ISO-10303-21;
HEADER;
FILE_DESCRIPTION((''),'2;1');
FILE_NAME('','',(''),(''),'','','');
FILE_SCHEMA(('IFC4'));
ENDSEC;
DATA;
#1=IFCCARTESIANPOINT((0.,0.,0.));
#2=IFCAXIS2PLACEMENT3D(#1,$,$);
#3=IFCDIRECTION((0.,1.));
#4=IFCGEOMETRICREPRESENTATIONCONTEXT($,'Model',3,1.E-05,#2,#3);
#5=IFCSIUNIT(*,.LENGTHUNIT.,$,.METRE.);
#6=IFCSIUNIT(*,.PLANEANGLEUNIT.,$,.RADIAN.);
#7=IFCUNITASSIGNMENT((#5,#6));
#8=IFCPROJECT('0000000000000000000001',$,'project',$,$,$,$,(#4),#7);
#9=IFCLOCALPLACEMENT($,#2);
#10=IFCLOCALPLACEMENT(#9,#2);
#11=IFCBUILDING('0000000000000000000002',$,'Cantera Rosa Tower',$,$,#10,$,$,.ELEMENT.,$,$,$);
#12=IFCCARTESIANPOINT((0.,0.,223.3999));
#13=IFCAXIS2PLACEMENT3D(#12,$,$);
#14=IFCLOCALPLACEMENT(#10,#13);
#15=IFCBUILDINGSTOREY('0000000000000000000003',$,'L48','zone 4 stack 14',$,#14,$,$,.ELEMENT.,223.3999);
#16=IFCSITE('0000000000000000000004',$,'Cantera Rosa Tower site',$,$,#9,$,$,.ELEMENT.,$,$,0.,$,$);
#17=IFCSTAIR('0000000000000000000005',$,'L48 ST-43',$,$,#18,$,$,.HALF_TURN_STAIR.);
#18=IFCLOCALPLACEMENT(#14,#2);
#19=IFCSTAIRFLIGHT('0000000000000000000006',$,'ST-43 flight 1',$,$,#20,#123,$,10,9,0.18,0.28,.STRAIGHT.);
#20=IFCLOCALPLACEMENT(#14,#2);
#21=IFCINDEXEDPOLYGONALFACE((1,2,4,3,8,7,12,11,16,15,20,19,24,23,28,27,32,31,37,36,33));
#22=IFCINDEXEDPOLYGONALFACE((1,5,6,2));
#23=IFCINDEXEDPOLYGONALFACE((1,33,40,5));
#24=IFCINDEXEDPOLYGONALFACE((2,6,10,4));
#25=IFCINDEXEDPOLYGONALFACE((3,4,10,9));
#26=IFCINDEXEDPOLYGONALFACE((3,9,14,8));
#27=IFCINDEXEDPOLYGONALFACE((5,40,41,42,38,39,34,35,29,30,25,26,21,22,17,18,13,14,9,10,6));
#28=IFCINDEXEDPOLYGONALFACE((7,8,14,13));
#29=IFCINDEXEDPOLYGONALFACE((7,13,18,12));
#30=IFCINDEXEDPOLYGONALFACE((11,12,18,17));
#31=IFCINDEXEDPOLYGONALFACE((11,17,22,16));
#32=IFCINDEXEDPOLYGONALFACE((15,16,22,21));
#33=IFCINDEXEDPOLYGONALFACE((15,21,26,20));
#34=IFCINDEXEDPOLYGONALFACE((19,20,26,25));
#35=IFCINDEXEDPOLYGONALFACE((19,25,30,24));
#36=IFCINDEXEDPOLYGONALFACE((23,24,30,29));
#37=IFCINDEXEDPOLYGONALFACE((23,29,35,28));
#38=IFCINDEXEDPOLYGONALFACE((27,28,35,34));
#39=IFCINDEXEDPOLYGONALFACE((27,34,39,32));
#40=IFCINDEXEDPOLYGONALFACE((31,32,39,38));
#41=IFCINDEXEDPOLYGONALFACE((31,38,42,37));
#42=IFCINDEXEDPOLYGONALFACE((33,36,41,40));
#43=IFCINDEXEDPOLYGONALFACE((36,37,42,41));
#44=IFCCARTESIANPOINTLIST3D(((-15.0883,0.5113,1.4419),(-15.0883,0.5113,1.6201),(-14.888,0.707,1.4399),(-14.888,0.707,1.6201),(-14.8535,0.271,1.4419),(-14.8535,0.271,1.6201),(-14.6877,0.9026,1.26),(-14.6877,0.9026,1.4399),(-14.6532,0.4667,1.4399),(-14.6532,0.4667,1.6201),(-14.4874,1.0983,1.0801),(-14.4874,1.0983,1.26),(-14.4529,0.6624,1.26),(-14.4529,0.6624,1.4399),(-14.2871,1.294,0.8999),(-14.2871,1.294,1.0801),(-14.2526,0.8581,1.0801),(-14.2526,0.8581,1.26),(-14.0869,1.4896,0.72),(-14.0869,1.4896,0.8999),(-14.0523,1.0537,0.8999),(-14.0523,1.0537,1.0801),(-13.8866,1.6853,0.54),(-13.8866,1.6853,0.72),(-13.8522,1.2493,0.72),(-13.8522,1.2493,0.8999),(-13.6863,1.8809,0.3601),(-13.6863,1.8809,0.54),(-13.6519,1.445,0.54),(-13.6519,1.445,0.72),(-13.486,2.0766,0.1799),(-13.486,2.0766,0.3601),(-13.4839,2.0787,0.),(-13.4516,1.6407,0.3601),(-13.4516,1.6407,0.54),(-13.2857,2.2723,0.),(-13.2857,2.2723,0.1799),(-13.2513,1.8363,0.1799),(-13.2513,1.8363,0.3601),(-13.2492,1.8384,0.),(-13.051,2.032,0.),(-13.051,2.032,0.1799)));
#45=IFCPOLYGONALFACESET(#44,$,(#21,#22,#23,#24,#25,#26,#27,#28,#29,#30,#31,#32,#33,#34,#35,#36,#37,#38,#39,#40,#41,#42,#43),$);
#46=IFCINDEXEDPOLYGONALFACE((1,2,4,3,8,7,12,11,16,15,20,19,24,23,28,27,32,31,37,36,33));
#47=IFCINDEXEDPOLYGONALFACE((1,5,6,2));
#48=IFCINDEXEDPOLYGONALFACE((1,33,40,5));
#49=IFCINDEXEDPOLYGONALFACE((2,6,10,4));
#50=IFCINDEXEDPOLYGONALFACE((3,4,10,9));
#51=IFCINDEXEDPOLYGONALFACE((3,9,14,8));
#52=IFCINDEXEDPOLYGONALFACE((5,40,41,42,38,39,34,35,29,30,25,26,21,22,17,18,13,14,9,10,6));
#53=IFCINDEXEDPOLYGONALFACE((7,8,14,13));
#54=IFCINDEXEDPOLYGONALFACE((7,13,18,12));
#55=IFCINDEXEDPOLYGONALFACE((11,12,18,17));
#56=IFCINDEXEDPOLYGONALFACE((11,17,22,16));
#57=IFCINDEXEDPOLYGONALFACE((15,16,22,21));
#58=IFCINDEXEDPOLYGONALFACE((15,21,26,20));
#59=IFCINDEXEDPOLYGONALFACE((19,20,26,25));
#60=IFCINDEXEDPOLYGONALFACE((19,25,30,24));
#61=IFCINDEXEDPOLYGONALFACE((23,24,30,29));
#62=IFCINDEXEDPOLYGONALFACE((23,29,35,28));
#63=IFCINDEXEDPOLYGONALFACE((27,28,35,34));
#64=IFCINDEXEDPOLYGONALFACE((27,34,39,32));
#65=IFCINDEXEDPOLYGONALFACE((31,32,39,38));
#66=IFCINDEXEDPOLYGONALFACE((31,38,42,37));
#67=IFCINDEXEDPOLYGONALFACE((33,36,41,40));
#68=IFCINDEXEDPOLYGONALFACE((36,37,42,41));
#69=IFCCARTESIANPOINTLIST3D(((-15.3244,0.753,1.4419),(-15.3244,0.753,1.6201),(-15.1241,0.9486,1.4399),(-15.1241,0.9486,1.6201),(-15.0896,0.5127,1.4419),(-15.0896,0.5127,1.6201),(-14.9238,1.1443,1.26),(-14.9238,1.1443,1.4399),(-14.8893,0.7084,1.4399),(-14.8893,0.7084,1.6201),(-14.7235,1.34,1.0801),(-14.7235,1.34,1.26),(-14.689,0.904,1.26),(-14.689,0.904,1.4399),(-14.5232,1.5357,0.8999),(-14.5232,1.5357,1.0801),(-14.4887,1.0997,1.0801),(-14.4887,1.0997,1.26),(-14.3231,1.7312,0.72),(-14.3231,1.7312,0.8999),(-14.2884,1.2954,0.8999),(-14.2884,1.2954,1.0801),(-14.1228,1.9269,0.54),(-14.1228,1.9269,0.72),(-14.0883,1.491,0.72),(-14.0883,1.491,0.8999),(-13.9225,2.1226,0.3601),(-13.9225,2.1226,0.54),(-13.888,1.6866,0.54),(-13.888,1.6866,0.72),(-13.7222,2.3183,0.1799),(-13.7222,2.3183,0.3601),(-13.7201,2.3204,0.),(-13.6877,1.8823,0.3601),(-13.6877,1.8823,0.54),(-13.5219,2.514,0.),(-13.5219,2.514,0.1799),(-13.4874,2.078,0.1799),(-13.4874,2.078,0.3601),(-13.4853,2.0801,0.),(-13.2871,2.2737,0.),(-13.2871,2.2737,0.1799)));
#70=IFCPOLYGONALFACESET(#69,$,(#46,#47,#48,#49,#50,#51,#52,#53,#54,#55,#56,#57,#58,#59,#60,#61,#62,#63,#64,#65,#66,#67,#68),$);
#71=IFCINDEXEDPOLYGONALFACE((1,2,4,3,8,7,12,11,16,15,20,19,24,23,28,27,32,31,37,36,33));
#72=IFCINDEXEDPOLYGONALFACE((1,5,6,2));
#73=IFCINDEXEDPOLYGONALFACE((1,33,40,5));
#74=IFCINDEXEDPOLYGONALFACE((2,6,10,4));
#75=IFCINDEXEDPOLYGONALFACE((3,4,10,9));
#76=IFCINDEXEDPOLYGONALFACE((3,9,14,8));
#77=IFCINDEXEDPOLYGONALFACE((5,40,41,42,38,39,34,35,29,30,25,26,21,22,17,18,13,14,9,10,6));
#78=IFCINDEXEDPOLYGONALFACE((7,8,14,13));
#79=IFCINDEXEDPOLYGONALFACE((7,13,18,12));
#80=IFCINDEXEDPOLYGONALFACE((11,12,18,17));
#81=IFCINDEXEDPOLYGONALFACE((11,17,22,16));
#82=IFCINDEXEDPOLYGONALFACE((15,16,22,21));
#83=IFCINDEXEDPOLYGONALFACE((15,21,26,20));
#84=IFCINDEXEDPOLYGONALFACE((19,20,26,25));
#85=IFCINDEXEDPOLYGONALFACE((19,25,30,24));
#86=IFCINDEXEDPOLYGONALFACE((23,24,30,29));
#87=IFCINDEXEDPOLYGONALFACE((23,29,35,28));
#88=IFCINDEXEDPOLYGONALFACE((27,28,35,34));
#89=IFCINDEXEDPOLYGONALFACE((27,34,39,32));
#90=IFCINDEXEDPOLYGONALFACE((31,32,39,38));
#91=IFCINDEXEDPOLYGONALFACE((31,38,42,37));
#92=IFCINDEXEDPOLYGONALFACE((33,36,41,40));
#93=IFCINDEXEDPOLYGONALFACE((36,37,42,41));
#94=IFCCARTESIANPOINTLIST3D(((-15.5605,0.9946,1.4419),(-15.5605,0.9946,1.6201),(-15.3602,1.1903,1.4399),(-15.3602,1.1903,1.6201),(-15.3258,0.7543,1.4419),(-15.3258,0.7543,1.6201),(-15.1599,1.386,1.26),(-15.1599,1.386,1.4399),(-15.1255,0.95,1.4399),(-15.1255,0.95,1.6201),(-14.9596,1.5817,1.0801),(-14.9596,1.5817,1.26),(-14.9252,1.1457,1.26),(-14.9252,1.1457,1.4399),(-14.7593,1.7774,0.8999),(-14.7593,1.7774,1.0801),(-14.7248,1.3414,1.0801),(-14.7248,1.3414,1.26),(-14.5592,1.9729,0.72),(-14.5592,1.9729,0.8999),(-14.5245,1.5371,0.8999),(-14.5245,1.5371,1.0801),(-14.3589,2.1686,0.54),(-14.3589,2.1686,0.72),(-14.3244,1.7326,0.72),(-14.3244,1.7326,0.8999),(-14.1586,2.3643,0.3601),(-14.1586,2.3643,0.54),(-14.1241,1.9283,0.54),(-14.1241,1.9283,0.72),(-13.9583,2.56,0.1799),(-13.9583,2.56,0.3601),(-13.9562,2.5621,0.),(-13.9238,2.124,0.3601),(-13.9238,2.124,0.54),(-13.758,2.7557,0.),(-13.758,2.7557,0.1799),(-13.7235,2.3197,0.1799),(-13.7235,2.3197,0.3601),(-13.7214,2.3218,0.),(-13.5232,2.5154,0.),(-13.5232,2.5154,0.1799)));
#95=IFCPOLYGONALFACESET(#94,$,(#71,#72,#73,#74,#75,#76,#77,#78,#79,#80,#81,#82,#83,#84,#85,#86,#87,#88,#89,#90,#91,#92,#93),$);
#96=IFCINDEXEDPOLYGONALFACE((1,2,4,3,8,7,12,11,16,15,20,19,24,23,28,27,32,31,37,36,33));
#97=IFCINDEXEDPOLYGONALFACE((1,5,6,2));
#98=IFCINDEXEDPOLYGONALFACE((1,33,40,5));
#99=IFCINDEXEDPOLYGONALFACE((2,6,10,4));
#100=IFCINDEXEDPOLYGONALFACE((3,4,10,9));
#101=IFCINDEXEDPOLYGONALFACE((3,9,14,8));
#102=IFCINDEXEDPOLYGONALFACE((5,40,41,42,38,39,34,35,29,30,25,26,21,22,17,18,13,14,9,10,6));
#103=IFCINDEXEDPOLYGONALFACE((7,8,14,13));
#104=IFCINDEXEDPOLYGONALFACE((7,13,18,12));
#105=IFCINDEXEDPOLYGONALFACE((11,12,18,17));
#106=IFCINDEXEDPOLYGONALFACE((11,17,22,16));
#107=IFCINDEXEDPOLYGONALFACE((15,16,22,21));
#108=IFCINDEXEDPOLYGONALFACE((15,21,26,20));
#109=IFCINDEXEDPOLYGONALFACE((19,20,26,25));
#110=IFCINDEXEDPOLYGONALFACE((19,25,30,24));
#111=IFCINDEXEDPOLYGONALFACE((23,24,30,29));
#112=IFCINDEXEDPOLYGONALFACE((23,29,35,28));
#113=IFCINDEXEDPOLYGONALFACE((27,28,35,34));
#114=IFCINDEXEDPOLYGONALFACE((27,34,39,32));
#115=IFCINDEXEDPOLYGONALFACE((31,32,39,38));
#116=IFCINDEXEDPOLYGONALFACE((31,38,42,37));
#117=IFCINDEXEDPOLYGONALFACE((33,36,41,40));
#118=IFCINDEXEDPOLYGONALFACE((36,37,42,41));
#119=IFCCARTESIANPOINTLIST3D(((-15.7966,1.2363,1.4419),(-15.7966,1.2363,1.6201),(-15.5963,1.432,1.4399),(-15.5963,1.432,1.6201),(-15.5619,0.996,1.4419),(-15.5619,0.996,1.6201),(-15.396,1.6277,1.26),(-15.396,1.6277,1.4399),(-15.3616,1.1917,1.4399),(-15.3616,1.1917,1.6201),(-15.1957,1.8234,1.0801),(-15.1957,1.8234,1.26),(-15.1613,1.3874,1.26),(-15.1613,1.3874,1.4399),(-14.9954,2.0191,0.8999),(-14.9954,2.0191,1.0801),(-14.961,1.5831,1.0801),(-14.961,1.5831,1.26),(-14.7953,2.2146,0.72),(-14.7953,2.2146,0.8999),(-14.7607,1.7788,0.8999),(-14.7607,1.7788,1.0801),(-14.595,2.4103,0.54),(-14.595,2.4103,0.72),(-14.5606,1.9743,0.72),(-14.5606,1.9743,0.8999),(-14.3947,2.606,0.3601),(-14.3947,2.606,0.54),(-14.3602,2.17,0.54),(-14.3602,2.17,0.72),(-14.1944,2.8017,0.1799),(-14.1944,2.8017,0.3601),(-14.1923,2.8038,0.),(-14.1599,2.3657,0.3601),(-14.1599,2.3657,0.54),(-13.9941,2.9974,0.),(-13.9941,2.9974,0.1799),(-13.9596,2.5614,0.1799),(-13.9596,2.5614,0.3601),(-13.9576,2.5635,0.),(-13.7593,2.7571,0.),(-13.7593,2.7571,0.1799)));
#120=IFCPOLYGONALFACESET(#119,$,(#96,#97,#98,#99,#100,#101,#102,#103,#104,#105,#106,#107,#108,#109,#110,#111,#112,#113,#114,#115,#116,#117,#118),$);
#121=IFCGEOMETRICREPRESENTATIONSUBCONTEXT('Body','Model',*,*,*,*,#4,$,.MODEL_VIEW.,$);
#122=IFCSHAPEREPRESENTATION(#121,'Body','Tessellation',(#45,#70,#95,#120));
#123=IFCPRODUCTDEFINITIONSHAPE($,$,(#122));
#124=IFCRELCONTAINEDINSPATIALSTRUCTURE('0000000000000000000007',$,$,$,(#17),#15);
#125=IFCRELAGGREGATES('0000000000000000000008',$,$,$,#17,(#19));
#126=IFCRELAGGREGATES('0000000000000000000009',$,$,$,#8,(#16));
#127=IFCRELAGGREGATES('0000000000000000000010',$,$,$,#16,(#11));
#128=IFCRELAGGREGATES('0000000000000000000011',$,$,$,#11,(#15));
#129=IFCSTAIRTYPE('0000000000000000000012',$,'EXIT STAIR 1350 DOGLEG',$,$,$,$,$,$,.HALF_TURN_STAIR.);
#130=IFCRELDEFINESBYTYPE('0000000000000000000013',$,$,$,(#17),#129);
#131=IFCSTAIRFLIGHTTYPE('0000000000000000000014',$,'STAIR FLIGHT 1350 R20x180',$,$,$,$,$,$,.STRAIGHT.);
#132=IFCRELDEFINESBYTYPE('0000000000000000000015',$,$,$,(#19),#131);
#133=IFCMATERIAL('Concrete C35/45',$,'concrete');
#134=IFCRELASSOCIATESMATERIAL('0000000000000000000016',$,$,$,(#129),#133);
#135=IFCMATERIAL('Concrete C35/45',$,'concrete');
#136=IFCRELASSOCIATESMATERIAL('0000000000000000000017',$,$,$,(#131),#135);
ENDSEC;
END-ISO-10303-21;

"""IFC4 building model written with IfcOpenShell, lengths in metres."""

from ifc_helpers import new_model, si_unit, direction, frame, origin, place, context, subcontext, project, spatial, polyline, outline, extrude, material, type_object, element, aggregate, save


model = new_model("IFC4")

# Units and contexts
model_context = context("Model", 3, precision=1e-05, world=origin(), true_north=direction((0.0, 1.0)))
body_context = subcontext(model_context, "Body", "Model", "MODEL_VIEW")
ifc_project = project(units=[si_unit("LENGTHUNIT", "METRE"), si_unit("PLANEANGLEUNIT", "RADIAN")], contexts=[model_context])

# Site, building, storey
site_placement = place(None, origin())
site = spatial("IfcSite", under=ifc_project, at=site_placement, Name="Cantera Rosa Tower site", CompositionType="ELEMENT", RefElevation=0.0)
building_placement = place(site_placement, origin())
building = spatial("IfcBuilding", under=site, at=building_placement, Name="Cantera Rosa Tower", CompositionType="ELEMENT")
storey_placement = place(building_placement, frame((0.0, 0.0, 223.3999)))
storey = spatial("IfcBuildingStorey", under=building, at=storey_placement, Name="L48", Description="zone 4 stack 14", CompositionType="ELEMENT", Elevation=223.3999)

# Stair, stair flight
ifc_material_1 = material(Name="Concrete C35/45", Category="concrete")
stair_type = type_object("IfcStairType", Name="EXIT STAIR 1350 DOGLEG", PredefinedType="HALF_TURN_STAIR", material=ifc_material_1)
stair_placement = place(storey_placement, origin())
stair = element("IfcStair", 1, at=stair_placement, inside=storey, type_object=stair_type, Name="L48 ST-43", PredefinedType="HALF_TURN_STAIR")
ifc_material_2 = material(Name="Concrete C35/45", Category="concrete")
stair_flight_type = type_object("IfcStairFlightType", Name="STAIR FLIGHT 1350 R20x180", PredefinedType="STRAIGHT", material=ifc_material_2)
stair_flight_placement = place(storey_placement, frame((-13.5227, 2.5149, 0.0), z_axis=(0.0, 0.0, 1.0), x_axis=(-0.715286, -0.698832, 0.0)))
stair_flight = element("IfcStairFlight", 2, at=stair_flight_placement, type_object=stair_flight_type, Name="ST-43 flight 1", NumberOfRisers=10, NumberOfTreads=9, PredefinedType="STRAIGHT", RiserHeight=0.18, TreadLength=0.28, context=body_context, shape_type="SweptSolid", body=[
    extrude(outline(polyline([(0.0, 0.0), (0.0, 0.1799), (0.28, 0.1799), (0.28, 0.3601), (0.5601, 0.3601), (0.5601, 0.54), (0.8401, 0.54), (0.8401, 0.72), (1.1201, 0.72), (1.1201, 0.8999), (1.3999, 0.8999), (1.3999, 1.0801), (1.6799, 1.0801), (1.6799, 1.26), (1.96, 1.26), (1.96, 1.4399), (2.24, 1.4399), (2.24, 1.6201), (2.52, 1.6201), (2.52, 1.8), (2.52, 1.4419), (0.2771, 0.0), (0.0, 0.0)])), frame((0.0, 0.675, 0.0), z_axis=(0.0, -1.0, 0.0), x_axis=(1.0, 0.0, 0.0)), (0.0, 0.0, 1.0), 0.3359),
    extrude(outline(polyline([(0.0, 0.0), (0.0, 0.1799), (0.28, 0.1799), (0.28, 0.3601), (0.5601, 0.3601), (0.5601, 0.54), (0.8401, 0.54), (0.8401, 0.72), (1.1201, 0.72), (1.1201, 0.8999), (1.3999, 0.8999), (1.3999, 1.0801), (1.6799, 1.0801), (1.6799, 1.26), (1.96, 1.26), (1.96, 1.4399), (2.24, 1.4399), (2.24, 1.6201), (2.52, 1.6201), (2.52, 1.8), (2.52, 1.4419), (0.2771, 0.0), (0.0, 0.0)])), frame((0.0, 0.3372, 0.0), z_axis=(0.0, -1.0, 0.0), x_axis=(1.0, 0.0, 0.0)), (0.0, 0.0, 1.0), 0.3359),
    extrude(outline(polyline([(0.0, 0.0), (0.0, 0.1799), (0.28, 0.1799), (0.28, 0.3601), (0.5601, 0.3601), (0.5601, 0.54), (0.8401, 0.54), (0.8401, 0.72), (1.1201, 0.72), (1.1201, 0.8999), (1.3999, 0.8999), (1.3999, 1.0801), (1.6799, 1.0801), (1.6799, 1.26), (1.96, 1.26), (1.96, 1.4399), (2.24, 1.4399), (2.24, 1.6201), (2.52, 1.6201), (2.52, 1.8), (2.52, 1.4419), (0.2771, 0.0), (0.0, 0.0)])), frame((0.0, -0.0007, 0.0), z_axis=(0.0, -1.0, 0.0), x_axis=(1.0, 0.0, 0.0)), (0.0, 0.0, 1.0), 0.3359),
    extrude(outline(polyline([(0.0, 0.0), (0.0, 0.1799), (0.28, 0.1799), (0.28, 0.3601), (0.5601, 0.3601), (0.5601, 0.54), (0.8401, 0.54), (0.8401, 0.72), (1.1201, 0.72), (1.1201, 0.8999), (1.3999, 0.8999), (1.3999, 1.0801), (1.6799, 1.0801), (1.6799, 1.26), (1.96, 1.26), (1.96, 1.4399), (2.24, 1.4399), (2.24, 1.6201), (2.52, 1.6201), (2.52, 1.8), (2.52, 1.4419), (0.2771, 0.0), (0.0, 0.0)])), frame((0.0, -0.3386, 0.0), z_axis=(0.0, -1.0, 0.0), x_axis=(1.0, 0.0, 0.0)), (0.0, 0.0, 1.0), 0.3359),
])
aggregate(stair, [stair_flight])

save(model, "model.ifc")
